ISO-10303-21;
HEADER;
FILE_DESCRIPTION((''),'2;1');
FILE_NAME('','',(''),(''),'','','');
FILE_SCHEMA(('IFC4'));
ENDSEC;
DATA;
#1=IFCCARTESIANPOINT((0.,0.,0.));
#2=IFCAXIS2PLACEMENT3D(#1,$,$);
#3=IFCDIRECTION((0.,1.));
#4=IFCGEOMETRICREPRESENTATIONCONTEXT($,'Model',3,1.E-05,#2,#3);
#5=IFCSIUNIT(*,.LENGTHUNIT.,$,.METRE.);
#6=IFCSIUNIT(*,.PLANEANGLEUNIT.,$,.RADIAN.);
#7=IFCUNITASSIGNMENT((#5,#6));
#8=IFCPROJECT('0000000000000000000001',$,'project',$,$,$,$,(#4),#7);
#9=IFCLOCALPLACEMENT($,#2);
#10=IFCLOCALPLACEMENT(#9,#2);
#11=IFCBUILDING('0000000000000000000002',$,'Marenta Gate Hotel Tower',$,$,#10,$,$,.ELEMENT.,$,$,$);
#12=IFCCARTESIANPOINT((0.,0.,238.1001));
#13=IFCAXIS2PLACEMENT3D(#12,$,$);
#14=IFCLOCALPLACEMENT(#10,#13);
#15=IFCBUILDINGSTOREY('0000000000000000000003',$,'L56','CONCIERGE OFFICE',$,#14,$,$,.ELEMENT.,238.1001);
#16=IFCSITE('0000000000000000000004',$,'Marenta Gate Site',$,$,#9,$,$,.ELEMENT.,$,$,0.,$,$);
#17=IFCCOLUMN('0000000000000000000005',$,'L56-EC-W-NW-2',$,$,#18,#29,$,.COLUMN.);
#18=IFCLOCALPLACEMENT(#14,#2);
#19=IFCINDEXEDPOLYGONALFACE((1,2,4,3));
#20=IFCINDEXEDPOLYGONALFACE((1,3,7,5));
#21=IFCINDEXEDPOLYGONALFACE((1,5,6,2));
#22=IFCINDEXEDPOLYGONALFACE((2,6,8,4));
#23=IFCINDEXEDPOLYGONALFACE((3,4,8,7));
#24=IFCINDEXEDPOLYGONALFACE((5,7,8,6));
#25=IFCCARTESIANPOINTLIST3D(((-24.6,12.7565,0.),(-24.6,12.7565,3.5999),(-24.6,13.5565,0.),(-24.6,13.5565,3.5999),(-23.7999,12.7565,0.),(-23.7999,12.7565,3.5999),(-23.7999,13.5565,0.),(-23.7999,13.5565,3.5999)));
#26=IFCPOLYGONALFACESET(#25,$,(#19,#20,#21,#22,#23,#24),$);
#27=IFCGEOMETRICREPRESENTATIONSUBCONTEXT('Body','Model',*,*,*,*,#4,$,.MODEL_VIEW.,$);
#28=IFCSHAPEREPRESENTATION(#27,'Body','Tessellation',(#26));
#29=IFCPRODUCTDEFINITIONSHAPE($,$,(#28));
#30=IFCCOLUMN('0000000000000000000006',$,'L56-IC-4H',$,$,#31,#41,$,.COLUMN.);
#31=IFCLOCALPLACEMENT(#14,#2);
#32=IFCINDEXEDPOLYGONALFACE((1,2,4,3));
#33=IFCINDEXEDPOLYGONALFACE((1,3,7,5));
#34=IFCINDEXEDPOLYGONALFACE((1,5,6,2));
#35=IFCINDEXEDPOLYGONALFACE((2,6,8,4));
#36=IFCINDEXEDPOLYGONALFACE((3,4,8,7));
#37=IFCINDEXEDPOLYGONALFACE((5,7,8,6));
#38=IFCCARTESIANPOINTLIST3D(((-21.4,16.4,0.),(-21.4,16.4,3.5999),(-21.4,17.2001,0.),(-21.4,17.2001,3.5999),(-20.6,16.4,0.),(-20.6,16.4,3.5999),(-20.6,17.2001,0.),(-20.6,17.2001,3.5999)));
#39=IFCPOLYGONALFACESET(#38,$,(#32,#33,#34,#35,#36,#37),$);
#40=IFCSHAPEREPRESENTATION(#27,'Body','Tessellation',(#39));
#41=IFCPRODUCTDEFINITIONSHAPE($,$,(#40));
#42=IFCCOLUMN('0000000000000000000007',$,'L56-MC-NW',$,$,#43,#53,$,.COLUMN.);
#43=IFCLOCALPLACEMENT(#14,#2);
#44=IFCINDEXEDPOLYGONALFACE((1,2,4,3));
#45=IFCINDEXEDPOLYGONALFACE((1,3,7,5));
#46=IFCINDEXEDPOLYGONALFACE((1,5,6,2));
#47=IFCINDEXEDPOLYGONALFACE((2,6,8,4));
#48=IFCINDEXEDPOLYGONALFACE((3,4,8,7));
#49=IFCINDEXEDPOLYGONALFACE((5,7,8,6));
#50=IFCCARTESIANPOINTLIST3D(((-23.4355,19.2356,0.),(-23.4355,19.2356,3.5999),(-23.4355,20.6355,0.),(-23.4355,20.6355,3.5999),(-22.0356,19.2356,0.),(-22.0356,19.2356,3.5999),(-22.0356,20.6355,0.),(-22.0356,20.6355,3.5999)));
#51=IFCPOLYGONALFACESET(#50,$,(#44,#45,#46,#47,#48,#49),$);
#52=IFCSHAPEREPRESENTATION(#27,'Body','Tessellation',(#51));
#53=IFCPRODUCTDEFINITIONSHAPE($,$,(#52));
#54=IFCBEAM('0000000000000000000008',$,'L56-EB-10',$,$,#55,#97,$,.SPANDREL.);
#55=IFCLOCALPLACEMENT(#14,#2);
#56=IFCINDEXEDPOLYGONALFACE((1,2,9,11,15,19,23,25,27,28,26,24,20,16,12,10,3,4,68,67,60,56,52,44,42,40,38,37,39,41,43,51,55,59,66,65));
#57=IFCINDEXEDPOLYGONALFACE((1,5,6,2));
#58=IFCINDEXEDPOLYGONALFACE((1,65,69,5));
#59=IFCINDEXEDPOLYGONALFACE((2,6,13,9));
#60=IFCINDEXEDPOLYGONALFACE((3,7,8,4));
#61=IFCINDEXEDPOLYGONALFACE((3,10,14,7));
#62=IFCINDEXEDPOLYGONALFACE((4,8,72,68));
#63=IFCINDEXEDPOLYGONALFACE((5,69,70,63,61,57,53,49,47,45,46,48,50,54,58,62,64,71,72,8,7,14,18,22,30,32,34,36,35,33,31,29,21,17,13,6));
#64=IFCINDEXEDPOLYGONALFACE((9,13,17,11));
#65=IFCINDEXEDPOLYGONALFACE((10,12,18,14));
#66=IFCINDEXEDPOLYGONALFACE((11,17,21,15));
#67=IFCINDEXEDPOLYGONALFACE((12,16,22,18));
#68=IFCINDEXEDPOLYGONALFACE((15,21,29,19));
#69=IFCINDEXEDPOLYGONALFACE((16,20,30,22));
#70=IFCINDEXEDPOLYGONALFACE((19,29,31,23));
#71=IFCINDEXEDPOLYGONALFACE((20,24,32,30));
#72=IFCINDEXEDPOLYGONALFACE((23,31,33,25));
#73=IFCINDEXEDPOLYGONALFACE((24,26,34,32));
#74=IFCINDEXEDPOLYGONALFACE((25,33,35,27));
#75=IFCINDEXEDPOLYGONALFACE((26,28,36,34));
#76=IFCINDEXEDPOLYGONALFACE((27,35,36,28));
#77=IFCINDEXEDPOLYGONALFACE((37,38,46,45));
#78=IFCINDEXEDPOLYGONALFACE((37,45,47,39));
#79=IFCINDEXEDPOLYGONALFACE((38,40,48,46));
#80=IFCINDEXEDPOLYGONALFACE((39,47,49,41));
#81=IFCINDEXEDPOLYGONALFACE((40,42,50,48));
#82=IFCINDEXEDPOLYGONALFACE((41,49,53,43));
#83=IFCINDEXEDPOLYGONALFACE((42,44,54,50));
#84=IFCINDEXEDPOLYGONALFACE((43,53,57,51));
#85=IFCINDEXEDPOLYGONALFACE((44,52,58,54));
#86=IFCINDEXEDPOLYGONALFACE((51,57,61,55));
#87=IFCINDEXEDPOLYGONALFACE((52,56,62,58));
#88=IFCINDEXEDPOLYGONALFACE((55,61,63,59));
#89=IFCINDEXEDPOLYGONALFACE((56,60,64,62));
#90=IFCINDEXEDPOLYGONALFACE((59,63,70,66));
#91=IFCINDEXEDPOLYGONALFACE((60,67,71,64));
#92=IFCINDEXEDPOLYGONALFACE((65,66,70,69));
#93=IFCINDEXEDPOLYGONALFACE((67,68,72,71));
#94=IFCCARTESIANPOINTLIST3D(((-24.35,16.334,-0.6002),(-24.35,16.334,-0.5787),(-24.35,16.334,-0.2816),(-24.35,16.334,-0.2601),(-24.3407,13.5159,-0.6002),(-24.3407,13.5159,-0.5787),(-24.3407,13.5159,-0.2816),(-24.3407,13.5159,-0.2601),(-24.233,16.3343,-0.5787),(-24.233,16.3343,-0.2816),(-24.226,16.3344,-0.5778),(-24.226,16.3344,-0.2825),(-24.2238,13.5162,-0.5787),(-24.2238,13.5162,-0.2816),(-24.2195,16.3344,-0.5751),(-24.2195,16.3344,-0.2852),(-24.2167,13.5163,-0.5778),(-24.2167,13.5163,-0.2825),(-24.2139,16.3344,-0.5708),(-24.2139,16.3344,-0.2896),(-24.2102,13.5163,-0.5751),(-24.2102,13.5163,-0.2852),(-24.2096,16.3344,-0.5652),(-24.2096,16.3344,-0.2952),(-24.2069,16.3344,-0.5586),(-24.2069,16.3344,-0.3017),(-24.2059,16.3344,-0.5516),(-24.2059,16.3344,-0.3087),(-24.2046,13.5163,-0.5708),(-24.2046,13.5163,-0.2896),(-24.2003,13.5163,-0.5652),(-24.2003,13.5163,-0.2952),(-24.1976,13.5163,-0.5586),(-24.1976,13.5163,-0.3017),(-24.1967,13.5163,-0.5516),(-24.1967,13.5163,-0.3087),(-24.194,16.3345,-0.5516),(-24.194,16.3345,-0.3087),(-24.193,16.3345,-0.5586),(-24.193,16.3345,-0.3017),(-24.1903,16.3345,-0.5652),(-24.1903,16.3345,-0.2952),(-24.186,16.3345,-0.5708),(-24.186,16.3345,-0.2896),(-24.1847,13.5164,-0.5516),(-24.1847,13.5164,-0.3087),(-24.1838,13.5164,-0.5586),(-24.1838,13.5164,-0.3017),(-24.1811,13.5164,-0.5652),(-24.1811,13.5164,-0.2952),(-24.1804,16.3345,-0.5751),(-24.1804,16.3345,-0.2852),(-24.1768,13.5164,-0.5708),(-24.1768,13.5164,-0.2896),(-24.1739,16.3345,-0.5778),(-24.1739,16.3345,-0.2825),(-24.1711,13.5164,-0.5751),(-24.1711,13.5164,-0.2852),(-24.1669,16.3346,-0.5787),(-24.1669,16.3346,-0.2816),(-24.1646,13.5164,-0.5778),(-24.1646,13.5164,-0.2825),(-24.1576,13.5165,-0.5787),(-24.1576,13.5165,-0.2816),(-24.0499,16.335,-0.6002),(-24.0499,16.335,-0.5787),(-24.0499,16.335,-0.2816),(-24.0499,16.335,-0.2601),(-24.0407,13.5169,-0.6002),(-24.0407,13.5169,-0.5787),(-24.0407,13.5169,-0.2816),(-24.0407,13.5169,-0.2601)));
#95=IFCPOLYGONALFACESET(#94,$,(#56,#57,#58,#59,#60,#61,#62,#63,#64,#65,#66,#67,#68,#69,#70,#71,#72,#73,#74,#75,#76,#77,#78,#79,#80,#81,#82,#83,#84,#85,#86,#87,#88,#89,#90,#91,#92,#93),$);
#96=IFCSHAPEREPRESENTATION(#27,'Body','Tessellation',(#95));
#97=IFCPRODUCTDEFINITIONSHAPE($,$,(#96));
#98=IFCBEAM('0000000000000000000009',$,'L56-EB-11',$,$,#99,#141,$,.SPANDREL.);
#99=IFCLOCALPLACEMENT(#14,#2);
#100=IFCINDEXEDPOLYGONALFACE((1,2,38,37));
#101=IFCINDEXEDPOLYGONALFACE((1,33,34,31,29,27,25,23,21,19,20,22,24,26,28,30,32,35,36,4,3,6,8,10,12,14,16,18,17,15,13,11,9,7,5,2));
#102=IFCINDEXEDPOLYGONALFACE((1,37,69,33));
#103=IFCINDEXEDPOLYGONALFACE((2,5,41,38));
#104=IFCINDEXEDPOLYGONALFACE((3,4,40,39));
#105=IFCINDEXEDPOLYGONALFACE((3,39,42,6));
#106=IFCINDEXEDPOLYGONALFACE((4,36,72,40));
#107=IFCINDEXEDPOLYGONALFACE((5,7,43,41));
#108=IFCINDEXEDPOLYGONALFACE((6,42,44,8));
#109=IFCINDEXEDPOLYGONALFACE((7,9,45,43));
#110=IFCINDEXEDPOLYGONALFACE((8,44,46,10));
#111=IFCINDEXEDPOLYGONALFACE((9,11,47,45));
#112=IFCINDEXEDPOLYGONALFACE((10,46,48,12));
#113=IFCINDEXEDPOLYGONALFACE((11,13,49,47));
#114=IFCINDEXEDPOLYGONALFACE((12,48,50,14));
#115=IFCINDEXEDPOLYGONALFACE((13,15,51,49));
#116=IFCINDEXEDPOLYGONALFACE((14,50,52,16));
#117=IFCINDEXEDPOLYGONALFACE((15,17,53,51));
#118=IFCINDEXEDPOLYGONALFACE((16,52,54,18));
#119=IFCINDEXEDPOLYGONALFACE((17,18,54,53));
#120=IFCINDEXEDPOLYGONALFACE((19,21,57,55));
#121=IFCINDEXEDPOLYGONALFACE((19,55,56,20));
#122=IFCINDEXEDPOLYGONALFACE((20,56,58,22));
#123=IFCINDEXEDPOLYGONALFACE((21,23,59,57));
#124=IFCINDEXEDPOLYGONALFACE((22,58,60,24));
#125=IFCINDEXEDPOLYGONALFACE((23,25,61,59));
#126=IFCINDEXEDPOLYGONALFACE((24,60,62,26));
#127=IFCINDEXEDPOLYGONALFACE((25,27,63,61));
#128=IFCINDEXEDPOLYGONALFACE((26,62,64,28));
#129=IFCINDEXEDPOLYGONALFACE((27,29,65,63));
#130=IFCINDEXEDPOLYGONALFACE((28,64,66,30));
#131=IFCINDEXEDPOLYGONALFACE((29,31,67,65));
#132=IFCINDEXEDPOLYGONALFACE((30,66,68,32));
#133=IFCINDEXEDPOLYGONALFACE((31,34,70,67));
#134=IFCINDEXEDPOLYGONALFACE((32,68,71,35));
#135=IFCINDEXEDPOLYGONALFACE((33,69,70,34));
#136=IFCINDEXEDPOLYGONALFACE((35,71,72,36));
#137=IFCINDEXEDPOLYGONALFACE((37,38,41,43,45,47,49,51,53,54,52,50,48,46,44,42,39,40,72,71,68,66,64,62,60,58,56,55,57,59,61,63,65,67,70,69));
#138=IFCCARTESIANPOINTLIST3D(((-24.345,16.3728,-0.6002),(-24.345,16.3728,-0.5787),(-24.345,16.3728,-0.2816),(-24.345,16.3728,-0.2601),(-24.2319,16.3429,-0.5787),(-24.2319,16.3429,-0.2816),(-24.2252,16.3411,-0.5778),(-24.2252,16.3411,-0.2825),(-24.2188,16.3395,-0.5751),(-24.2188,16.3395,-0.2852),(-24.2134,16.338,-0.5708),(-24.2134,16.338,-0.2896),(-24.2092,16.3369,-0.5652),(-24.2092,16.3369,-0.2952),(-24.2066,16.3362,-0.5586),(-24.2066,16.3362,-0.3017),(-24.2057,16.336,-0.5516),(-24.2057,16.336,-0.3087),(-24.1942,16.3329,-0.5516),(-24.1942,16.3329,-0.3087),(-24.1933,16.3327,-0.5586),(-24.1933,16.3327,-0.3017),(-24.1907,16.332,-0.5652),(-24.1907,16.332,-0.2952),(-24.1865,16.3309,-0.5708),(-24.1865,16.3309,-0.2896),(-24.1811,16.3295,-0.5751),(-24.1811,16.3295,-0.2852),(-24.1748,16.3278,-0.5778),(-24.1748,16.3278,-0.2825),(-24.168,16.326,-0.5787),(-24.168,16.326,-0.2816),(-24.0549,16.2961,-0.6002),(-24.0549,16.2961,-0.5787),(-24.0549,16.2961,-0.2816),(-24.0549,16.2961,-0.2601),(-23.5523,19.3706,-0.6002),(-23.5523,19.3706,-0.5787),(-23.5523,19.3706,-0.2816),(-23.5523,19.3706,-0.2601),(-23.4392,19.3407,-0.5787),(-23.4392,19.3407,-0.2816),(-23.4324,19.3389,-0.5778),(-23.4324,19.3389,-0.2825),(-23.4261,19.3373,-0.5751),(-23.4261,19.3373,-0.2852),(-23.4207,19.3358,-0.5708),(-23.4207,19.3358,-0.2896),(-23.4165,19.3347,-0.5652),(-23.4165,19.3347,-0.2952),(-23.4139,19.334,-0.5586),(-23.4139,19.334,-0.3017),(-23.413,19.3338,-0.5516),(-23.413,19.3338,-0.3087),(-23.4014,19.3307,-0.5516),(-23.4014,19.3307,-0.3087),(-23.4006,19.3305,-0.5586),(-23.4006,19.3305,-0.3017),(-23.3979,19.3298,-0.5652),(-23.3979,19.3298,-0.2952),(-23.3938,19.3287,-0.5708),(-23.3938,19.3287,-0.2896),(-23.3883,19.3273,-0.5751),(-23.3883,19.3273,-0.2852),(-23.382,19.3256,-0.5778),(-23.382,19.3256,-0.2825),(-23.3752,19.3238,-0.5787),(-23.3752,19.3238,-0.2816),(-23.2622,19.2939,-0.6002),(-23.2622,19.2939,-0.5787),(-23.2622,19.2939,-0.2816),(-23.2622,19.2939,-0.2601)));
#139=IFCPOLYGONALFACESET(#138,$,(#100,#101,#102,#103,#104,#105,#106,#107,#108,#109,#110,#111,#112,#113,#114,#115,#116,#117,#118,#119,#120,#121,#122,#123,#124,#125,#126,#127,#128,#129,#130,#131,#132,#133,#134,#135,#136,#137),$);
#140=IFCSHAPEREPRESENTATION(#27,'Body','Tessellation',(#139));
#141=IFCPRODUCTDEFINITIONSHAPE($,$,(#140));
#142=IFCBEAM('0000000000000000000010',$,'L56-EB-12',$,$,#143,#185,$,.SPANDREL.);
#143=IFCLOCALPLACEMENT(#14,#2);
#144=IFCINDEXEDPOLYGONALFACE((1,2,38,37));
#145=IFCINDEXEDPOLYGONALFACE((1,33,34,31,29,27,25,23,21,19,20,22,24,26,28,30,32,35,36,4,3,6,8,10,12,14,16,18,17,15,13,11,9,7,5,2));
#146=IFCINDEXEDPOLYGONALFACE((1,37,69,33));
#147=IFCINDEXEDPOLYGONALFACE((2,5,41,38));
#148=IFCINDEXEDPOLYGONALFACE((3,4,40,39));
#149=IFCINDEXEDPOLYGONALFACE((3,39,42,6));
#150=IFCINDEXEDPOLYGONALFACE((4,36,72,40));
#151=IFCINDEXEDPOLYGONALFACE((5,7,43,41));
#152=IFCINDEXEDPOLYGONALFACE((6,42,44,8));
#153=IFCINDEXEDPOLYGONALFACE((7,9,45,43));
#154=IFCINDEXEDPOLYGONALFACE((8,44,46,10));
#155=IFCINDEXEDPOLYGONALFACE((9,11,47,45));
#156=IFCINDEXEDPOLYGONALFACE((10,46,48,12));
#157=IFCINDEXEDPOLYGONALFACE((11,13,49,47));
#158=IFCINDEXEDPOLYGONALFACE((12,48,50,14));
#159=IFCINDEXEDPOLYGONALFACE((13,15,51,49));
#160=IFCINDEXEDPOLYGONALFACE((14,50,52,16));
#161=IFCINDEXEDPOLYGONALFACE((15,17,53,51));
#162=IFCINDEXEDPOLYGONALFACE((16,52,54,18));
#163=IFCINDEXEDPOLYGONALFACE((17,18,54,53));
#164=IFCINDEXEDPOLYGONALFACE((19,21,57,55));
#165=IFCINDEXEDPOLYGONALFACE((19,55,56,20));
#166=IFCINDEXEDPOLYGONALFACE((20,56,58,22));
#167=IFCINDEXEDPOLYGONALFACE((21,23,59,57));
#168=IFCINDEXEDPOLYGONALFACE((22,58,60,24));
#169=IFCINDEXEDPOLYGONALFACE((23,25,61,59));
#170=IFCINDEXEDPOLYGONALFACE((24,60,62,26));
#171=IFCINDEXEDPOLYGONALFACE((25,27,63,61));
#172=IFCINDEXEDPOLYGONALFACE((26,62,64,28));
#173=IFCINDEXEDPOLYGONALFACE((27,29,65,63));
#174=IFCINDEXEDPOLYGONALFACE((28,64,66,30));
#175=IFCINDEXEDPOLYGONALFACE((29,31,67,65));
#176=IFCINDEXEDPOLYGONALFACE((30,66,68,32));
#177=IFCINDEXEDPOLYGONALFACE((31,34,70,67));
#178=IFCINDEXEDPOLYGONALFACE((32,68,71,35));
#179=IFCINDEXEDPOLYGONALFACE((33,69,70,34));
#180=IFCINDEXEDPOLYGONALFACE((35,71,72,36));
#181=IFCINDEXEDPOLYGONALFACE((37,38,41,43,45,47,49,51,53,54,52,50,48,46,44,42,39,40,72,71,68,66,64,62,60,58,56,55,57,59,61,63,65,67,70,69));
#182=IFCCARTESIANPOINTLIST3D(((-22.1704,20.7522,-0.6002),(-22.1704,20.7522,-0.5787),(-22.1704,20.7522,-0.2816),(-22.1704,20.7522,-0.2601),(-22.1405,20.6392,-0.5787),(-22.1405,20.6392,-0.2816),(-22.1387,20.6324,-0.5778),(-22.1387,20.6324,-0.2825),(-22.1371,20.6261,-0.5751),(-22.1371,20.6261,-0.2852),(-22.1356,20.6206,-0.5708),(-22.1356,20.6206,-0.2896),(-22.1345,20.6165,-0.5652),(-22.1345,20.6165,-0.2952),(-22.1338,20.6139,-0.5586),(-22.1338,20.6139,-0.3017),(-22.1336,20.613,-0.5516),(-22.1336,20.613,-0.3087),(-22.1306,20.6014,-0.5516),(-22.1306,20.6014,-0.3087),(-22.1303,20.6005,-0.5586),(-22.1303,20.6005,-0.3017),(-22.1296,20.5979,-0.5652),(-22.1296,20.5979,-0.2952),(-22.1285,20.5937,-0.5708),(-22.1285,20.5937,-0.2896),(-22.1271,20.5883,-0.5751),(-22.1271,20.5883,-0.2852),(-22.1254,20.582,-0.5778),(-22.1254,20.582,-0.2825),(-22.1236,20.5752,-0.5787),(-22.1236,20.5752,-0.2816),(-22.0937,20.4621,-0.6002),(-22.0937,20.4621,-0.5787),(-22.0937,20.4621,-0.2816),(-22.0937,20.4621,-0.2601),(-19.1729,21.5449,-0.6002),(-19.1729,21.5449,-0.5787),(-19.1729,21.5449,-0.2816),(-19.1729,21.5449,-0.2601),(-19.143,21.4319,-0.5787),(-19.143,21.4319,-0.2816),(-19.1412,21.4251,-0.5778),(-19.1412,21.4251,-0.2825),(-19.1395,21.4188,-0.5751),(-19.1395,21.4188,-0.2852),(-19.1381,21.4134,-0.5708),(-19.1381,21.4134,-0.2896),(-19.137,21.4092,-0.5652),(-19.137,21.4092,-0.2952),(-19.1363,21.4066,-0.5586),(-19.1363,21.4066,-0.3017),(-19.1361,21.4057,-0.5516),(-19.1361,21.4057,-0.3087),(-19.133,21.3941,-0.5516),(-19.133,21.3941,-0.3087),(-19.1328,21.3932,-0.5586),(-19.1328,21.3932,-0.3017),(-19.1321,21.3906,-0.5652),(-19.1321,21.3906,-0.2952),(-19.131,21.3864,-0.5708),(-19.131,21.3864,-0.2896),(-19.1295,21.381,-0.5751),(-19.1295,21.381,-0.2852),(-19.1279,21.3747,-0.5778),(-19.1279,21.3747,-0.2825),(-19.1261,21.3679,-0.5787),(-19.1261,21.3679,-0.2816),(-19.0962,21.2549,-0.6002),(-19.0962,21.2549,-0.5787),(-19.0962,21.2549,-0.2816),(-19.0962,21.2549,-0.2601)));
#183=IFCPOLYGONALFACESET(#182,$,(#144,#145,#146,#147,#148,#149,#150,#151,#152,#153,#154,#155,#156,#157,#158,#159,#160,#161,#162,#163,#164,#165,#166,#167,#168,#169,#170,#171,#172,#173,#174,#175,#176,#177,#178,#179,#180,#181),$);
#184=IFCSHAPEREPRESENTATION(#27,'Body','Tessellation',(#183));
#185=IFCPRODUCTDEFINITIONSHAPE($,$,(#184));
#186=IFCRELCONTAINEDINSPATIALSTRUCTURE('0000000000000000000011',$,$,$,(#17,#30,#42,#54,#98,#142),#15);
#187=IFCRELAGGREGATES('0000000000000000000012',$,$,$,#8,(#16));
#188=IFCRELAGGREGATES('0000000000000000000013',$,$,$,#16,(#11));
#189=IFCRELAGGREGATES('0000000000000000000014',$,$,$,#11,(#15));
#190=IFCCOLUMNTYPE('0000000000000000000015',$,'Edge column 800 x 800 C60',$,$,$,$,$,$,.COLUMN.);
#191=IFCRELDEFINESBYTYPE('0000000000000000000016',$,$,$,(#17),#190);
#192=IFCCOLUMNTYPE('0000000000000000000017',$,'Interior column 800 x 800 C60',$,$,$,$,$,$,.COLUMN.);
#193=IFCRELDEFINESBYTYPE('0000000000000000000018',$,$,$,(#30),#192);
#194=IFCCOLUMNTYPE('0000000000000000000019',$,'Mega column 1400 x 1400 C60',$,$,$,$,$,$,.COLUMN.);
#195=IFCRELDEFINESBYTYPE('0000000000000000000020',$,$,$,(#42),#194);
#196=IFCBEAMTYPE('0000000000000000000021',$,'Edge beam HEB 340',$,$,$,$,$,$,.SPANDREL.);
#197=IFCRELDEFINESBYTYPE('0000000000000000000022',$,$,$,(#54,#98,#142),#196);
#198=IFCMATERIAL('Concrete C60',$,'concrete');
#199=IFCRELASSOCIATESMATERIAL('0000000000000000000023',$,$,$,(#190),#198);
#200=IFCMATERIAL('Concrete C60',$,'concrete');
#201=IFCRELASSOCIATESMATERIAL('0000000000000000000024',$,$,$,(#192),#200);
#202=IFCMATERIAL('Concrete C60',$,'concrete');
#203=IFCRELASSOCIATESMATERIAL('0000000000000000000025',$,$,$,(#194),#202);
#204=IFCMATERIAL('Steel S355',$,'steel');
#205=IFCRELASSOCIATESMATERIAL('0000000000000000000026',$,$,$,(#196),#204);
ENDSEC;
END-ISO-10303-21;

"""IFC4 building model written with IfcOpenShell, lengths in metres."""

from ifc_helpers import new_model, si_unit, direction, frame, origin, origin_2d, place, context, subcontext, project, spatial, rectangle, i_section, extrude, material, material_profile, profile_set, type_object, element, save


model = new_model("IFC4")

# Units and contexts
model_context = context("Model", 3, precision=1e-05, world=origin(), true_north=direction((0.0, 1.0)))
body_context = subcontext(model_context, "Body", "Model", "MODEL_VIEW")
ifc_project = project(units=[si_unit("LENGTHUNIT", "METRE"), si_unit("PLANEANGLEUNIT", "RADIAN")], contexts=[model_context])

# Site, building, storey
site_placement = place(None, origin())
site = spatial("IfcSite", under=ifc_project, at=site_placement, Name="Marenta Gate Site", CompositionType="ELEMENT", RefElevation=0.0)
building_placement = place(site_placement, origin())
building = spatial("IfcBuilding", under=site, at=building_placement, Name="Marenta Gate Hotel Tower", CompositionType="ELEMENT")
storey_placement = place(building_placement, frame((0.0, 0.0, 238.1001)))
storey = spatial("IfcBuildingStorey", under=building, at=storey_placement, Name="L56", Description="CONCIERGE OFFICE", CompositionType="ELEMENT", Elevation=238.1001)

# Columns
ifc_material_1 = material(Name="Concrete C60", Category="concrete")
ifc_material_profile_1 = material_profile(ifc_material_1, rectangle(XDim=0.8, YDim=0.8, at=origin_2d()), Name="800 x 800")
ifc_profile_set_1 = profile_set([ifc_material_profile_1], Name="Concrete C60")
column_type_1 = type_object("IfcColumnType", Name="Edge column 800 x 800 C60", PredefinedType="COLUMN", material=ifc_profile_set_1)
column_1_placement = place(storey_placement, frame((-24.2, 13.1565, 0.0), z_axis=(0.0, 0.0, 1.0), x_axis=(1.0, 0.0, 0.0)))
element("IfcColumn", 1, at=column_1_placement, inside=storey, type_object=column_type_1, Name="L56-EC-W-NW-2", PredefinedType="COLUMN", context=body_context, shape_type="SweptSolid", body=[
    extrude(rectangle(XDim=0.8, YDim=0.8, at=origin_2d()), origin(), (0.0, 0.0, 1.0), 3.5999),
])
ifc_material_2 = material(Name="Concrete C60", Category="concrete")
ifc_material_profile_2 = material_profile(ifc_material_2, rectangle(XDim=0.8, YDim=0.8, at=origin_2d()), Name="800 x 800")
ifc_profile_set_2 = profile_set([ifc_material_profile_2], Name="Concrete C60")
column_type_2 = type_object("IfcColumnType", Name="Interior column 800 x 800 C60", PredefinedType="COLUMN", material=ifc_profile_set_2)
column_2_placement = place(storey_placement, frame((-21.0, 16.8, 0.0), z_axis=(0.0, 0.0, 1.0), x_axis=(1.0, 0.0, 0.0)))
element("IfcColumn", 2, at=column_2_placement, inside=storey, type_object=column_type_2, Name="L56-IC-4H", PredefinedType="COLUMN", context=body_context, shape_type="SweptSolid", body=[
    extrude(rectangle(XDim=0.8, YDim=0.8, at=origin_2d()), origin(), (0.0, 0.0, 1.0), 3.5999),
])
ifc_material_3 = material(Name="Concrete C60", Category="concrete")
ifc_material_profile_3 = material_profile(ifc_material_3, rectangle(XDim=1.3999, YDim=1.3999, at=origin_2d()), Name="1400 x 1400")
ifc_profile_set_3 = profile_set([ifc_material_profile_3], Name="Concrete C60")
column_type_3 = type_object("IfcColumnType", Name="Mega column 1400 x 1400 C60", PredefinedType="COLUMN", material=ifc_profile_set_3)
column_3_placement = place(storey_placement, frame((-22.7356, 19.9355, 0.0), z_axis=(0.0, 0.0, 1.0), x_axis=(1.0, 0.0, 0.0)))
element("IfcColumn", 3, at=column_3_placement, inside=storey, type_object=column_type_3, Name="L56-MC-NW", PredefinedType="COLUMN", context=body_context, shape_type="SweptSolid", body=[
    extrude(rectangle(XDim=1.3999, YDim=1.3999, at=origin_2d()), origin(), (0.0, 0.0, 1.0), 3.5999),
])

# Beams
ifc_material_4 = material(Name="Steel S355", Category="steel")
ifc_material_profile_4 = material_profile(ifc_material_4, i_section(OverallWidth=0.3, OverallDepth=0.3401, WebThickness=0.012, FlangeThickness=0.0215, FilletRadius=0.0271, at=origin_2d()), Name="HEB 340")
ifc_profile_set_4 = profile_set([ifc_material_profile_4], Name="Steel S355")
beam_type_1 = type_object("IfcBeamType", Name="Edge beam HEB 340", PredefinedType="SPANDREL", material=ifc_profile_set_4)
beam_1_placement = place(storey_placement, frame((-24.1907, 13.5164, -0.4302), z_axis=(-0.003292, 0.999995, 0.0), x_axis=(-0.999995, -0.003292, 0.0)))
element("IfcBeam", 4, at=beam_1_placement, inside=storey, type_object=beam_type_1, Name="L56-EB-10", PredefinedType="SPANDREL", context=body_context, shape_type="SweptSolid", body=[
    extrude(i_section(OverallWidth=0.3, OverallDepth=0.3401, WebThickness=0.012, FlangeThickness=0.0215, FilletRadius=0.0271, at=origin_2d()), origin(), (0.0, 0.0, 1.0), 2.8181),
])
beam_2_placement = place(storey_placement, frame((-24.2, 16.3345, -0.4302), z_axis=(0.255648, 0.96677, 0.0), x_axis=(-0.96677, 0.255648, 0.0)))
element("IfcBeam", 5, at=beam_2_placement, inside=storey, type_object=beam_type_1, Name="L56-EB-11", PredefinedType="SPANDREL", context=body_context, shape_type="SweptSolid", body=[
    extrude(i_section(OverallWidth=0.3, OverallDepth=0.3401, WebThickness=0.012, FlangeThickness=0.0215, FilletRadius=0.0271, at=origin_2d()), origin(), (0.0, 0.0, 1.0), 3.1008),
])
beam_3_placement = place(storey_placement, frame((-22.1321, 20.6072, -0.4302), z_axis=(0.966765, 0.255667, 0.0), x_axis=(-0.255667, 0.966765, 0.0)))
element("IfcBeam", 6, at=beam_3_placement, inside=storey, type_object=beam_type_1, Name="L56-EB-12", PredefinedType="SPANDREL", context=body_context, shape_type="SweptSolid", body=[
    extrude(i_section(OverallWidth=0.3, OverallDepth=0.3401, WebThickness=0.012, FlangeThickness=0.0215, FilletRadius=0.0271, at=origin_2d()), origin(), (0.0, 0.0, 1.0), 3.1006),
])

save(model, "model.ifc")
